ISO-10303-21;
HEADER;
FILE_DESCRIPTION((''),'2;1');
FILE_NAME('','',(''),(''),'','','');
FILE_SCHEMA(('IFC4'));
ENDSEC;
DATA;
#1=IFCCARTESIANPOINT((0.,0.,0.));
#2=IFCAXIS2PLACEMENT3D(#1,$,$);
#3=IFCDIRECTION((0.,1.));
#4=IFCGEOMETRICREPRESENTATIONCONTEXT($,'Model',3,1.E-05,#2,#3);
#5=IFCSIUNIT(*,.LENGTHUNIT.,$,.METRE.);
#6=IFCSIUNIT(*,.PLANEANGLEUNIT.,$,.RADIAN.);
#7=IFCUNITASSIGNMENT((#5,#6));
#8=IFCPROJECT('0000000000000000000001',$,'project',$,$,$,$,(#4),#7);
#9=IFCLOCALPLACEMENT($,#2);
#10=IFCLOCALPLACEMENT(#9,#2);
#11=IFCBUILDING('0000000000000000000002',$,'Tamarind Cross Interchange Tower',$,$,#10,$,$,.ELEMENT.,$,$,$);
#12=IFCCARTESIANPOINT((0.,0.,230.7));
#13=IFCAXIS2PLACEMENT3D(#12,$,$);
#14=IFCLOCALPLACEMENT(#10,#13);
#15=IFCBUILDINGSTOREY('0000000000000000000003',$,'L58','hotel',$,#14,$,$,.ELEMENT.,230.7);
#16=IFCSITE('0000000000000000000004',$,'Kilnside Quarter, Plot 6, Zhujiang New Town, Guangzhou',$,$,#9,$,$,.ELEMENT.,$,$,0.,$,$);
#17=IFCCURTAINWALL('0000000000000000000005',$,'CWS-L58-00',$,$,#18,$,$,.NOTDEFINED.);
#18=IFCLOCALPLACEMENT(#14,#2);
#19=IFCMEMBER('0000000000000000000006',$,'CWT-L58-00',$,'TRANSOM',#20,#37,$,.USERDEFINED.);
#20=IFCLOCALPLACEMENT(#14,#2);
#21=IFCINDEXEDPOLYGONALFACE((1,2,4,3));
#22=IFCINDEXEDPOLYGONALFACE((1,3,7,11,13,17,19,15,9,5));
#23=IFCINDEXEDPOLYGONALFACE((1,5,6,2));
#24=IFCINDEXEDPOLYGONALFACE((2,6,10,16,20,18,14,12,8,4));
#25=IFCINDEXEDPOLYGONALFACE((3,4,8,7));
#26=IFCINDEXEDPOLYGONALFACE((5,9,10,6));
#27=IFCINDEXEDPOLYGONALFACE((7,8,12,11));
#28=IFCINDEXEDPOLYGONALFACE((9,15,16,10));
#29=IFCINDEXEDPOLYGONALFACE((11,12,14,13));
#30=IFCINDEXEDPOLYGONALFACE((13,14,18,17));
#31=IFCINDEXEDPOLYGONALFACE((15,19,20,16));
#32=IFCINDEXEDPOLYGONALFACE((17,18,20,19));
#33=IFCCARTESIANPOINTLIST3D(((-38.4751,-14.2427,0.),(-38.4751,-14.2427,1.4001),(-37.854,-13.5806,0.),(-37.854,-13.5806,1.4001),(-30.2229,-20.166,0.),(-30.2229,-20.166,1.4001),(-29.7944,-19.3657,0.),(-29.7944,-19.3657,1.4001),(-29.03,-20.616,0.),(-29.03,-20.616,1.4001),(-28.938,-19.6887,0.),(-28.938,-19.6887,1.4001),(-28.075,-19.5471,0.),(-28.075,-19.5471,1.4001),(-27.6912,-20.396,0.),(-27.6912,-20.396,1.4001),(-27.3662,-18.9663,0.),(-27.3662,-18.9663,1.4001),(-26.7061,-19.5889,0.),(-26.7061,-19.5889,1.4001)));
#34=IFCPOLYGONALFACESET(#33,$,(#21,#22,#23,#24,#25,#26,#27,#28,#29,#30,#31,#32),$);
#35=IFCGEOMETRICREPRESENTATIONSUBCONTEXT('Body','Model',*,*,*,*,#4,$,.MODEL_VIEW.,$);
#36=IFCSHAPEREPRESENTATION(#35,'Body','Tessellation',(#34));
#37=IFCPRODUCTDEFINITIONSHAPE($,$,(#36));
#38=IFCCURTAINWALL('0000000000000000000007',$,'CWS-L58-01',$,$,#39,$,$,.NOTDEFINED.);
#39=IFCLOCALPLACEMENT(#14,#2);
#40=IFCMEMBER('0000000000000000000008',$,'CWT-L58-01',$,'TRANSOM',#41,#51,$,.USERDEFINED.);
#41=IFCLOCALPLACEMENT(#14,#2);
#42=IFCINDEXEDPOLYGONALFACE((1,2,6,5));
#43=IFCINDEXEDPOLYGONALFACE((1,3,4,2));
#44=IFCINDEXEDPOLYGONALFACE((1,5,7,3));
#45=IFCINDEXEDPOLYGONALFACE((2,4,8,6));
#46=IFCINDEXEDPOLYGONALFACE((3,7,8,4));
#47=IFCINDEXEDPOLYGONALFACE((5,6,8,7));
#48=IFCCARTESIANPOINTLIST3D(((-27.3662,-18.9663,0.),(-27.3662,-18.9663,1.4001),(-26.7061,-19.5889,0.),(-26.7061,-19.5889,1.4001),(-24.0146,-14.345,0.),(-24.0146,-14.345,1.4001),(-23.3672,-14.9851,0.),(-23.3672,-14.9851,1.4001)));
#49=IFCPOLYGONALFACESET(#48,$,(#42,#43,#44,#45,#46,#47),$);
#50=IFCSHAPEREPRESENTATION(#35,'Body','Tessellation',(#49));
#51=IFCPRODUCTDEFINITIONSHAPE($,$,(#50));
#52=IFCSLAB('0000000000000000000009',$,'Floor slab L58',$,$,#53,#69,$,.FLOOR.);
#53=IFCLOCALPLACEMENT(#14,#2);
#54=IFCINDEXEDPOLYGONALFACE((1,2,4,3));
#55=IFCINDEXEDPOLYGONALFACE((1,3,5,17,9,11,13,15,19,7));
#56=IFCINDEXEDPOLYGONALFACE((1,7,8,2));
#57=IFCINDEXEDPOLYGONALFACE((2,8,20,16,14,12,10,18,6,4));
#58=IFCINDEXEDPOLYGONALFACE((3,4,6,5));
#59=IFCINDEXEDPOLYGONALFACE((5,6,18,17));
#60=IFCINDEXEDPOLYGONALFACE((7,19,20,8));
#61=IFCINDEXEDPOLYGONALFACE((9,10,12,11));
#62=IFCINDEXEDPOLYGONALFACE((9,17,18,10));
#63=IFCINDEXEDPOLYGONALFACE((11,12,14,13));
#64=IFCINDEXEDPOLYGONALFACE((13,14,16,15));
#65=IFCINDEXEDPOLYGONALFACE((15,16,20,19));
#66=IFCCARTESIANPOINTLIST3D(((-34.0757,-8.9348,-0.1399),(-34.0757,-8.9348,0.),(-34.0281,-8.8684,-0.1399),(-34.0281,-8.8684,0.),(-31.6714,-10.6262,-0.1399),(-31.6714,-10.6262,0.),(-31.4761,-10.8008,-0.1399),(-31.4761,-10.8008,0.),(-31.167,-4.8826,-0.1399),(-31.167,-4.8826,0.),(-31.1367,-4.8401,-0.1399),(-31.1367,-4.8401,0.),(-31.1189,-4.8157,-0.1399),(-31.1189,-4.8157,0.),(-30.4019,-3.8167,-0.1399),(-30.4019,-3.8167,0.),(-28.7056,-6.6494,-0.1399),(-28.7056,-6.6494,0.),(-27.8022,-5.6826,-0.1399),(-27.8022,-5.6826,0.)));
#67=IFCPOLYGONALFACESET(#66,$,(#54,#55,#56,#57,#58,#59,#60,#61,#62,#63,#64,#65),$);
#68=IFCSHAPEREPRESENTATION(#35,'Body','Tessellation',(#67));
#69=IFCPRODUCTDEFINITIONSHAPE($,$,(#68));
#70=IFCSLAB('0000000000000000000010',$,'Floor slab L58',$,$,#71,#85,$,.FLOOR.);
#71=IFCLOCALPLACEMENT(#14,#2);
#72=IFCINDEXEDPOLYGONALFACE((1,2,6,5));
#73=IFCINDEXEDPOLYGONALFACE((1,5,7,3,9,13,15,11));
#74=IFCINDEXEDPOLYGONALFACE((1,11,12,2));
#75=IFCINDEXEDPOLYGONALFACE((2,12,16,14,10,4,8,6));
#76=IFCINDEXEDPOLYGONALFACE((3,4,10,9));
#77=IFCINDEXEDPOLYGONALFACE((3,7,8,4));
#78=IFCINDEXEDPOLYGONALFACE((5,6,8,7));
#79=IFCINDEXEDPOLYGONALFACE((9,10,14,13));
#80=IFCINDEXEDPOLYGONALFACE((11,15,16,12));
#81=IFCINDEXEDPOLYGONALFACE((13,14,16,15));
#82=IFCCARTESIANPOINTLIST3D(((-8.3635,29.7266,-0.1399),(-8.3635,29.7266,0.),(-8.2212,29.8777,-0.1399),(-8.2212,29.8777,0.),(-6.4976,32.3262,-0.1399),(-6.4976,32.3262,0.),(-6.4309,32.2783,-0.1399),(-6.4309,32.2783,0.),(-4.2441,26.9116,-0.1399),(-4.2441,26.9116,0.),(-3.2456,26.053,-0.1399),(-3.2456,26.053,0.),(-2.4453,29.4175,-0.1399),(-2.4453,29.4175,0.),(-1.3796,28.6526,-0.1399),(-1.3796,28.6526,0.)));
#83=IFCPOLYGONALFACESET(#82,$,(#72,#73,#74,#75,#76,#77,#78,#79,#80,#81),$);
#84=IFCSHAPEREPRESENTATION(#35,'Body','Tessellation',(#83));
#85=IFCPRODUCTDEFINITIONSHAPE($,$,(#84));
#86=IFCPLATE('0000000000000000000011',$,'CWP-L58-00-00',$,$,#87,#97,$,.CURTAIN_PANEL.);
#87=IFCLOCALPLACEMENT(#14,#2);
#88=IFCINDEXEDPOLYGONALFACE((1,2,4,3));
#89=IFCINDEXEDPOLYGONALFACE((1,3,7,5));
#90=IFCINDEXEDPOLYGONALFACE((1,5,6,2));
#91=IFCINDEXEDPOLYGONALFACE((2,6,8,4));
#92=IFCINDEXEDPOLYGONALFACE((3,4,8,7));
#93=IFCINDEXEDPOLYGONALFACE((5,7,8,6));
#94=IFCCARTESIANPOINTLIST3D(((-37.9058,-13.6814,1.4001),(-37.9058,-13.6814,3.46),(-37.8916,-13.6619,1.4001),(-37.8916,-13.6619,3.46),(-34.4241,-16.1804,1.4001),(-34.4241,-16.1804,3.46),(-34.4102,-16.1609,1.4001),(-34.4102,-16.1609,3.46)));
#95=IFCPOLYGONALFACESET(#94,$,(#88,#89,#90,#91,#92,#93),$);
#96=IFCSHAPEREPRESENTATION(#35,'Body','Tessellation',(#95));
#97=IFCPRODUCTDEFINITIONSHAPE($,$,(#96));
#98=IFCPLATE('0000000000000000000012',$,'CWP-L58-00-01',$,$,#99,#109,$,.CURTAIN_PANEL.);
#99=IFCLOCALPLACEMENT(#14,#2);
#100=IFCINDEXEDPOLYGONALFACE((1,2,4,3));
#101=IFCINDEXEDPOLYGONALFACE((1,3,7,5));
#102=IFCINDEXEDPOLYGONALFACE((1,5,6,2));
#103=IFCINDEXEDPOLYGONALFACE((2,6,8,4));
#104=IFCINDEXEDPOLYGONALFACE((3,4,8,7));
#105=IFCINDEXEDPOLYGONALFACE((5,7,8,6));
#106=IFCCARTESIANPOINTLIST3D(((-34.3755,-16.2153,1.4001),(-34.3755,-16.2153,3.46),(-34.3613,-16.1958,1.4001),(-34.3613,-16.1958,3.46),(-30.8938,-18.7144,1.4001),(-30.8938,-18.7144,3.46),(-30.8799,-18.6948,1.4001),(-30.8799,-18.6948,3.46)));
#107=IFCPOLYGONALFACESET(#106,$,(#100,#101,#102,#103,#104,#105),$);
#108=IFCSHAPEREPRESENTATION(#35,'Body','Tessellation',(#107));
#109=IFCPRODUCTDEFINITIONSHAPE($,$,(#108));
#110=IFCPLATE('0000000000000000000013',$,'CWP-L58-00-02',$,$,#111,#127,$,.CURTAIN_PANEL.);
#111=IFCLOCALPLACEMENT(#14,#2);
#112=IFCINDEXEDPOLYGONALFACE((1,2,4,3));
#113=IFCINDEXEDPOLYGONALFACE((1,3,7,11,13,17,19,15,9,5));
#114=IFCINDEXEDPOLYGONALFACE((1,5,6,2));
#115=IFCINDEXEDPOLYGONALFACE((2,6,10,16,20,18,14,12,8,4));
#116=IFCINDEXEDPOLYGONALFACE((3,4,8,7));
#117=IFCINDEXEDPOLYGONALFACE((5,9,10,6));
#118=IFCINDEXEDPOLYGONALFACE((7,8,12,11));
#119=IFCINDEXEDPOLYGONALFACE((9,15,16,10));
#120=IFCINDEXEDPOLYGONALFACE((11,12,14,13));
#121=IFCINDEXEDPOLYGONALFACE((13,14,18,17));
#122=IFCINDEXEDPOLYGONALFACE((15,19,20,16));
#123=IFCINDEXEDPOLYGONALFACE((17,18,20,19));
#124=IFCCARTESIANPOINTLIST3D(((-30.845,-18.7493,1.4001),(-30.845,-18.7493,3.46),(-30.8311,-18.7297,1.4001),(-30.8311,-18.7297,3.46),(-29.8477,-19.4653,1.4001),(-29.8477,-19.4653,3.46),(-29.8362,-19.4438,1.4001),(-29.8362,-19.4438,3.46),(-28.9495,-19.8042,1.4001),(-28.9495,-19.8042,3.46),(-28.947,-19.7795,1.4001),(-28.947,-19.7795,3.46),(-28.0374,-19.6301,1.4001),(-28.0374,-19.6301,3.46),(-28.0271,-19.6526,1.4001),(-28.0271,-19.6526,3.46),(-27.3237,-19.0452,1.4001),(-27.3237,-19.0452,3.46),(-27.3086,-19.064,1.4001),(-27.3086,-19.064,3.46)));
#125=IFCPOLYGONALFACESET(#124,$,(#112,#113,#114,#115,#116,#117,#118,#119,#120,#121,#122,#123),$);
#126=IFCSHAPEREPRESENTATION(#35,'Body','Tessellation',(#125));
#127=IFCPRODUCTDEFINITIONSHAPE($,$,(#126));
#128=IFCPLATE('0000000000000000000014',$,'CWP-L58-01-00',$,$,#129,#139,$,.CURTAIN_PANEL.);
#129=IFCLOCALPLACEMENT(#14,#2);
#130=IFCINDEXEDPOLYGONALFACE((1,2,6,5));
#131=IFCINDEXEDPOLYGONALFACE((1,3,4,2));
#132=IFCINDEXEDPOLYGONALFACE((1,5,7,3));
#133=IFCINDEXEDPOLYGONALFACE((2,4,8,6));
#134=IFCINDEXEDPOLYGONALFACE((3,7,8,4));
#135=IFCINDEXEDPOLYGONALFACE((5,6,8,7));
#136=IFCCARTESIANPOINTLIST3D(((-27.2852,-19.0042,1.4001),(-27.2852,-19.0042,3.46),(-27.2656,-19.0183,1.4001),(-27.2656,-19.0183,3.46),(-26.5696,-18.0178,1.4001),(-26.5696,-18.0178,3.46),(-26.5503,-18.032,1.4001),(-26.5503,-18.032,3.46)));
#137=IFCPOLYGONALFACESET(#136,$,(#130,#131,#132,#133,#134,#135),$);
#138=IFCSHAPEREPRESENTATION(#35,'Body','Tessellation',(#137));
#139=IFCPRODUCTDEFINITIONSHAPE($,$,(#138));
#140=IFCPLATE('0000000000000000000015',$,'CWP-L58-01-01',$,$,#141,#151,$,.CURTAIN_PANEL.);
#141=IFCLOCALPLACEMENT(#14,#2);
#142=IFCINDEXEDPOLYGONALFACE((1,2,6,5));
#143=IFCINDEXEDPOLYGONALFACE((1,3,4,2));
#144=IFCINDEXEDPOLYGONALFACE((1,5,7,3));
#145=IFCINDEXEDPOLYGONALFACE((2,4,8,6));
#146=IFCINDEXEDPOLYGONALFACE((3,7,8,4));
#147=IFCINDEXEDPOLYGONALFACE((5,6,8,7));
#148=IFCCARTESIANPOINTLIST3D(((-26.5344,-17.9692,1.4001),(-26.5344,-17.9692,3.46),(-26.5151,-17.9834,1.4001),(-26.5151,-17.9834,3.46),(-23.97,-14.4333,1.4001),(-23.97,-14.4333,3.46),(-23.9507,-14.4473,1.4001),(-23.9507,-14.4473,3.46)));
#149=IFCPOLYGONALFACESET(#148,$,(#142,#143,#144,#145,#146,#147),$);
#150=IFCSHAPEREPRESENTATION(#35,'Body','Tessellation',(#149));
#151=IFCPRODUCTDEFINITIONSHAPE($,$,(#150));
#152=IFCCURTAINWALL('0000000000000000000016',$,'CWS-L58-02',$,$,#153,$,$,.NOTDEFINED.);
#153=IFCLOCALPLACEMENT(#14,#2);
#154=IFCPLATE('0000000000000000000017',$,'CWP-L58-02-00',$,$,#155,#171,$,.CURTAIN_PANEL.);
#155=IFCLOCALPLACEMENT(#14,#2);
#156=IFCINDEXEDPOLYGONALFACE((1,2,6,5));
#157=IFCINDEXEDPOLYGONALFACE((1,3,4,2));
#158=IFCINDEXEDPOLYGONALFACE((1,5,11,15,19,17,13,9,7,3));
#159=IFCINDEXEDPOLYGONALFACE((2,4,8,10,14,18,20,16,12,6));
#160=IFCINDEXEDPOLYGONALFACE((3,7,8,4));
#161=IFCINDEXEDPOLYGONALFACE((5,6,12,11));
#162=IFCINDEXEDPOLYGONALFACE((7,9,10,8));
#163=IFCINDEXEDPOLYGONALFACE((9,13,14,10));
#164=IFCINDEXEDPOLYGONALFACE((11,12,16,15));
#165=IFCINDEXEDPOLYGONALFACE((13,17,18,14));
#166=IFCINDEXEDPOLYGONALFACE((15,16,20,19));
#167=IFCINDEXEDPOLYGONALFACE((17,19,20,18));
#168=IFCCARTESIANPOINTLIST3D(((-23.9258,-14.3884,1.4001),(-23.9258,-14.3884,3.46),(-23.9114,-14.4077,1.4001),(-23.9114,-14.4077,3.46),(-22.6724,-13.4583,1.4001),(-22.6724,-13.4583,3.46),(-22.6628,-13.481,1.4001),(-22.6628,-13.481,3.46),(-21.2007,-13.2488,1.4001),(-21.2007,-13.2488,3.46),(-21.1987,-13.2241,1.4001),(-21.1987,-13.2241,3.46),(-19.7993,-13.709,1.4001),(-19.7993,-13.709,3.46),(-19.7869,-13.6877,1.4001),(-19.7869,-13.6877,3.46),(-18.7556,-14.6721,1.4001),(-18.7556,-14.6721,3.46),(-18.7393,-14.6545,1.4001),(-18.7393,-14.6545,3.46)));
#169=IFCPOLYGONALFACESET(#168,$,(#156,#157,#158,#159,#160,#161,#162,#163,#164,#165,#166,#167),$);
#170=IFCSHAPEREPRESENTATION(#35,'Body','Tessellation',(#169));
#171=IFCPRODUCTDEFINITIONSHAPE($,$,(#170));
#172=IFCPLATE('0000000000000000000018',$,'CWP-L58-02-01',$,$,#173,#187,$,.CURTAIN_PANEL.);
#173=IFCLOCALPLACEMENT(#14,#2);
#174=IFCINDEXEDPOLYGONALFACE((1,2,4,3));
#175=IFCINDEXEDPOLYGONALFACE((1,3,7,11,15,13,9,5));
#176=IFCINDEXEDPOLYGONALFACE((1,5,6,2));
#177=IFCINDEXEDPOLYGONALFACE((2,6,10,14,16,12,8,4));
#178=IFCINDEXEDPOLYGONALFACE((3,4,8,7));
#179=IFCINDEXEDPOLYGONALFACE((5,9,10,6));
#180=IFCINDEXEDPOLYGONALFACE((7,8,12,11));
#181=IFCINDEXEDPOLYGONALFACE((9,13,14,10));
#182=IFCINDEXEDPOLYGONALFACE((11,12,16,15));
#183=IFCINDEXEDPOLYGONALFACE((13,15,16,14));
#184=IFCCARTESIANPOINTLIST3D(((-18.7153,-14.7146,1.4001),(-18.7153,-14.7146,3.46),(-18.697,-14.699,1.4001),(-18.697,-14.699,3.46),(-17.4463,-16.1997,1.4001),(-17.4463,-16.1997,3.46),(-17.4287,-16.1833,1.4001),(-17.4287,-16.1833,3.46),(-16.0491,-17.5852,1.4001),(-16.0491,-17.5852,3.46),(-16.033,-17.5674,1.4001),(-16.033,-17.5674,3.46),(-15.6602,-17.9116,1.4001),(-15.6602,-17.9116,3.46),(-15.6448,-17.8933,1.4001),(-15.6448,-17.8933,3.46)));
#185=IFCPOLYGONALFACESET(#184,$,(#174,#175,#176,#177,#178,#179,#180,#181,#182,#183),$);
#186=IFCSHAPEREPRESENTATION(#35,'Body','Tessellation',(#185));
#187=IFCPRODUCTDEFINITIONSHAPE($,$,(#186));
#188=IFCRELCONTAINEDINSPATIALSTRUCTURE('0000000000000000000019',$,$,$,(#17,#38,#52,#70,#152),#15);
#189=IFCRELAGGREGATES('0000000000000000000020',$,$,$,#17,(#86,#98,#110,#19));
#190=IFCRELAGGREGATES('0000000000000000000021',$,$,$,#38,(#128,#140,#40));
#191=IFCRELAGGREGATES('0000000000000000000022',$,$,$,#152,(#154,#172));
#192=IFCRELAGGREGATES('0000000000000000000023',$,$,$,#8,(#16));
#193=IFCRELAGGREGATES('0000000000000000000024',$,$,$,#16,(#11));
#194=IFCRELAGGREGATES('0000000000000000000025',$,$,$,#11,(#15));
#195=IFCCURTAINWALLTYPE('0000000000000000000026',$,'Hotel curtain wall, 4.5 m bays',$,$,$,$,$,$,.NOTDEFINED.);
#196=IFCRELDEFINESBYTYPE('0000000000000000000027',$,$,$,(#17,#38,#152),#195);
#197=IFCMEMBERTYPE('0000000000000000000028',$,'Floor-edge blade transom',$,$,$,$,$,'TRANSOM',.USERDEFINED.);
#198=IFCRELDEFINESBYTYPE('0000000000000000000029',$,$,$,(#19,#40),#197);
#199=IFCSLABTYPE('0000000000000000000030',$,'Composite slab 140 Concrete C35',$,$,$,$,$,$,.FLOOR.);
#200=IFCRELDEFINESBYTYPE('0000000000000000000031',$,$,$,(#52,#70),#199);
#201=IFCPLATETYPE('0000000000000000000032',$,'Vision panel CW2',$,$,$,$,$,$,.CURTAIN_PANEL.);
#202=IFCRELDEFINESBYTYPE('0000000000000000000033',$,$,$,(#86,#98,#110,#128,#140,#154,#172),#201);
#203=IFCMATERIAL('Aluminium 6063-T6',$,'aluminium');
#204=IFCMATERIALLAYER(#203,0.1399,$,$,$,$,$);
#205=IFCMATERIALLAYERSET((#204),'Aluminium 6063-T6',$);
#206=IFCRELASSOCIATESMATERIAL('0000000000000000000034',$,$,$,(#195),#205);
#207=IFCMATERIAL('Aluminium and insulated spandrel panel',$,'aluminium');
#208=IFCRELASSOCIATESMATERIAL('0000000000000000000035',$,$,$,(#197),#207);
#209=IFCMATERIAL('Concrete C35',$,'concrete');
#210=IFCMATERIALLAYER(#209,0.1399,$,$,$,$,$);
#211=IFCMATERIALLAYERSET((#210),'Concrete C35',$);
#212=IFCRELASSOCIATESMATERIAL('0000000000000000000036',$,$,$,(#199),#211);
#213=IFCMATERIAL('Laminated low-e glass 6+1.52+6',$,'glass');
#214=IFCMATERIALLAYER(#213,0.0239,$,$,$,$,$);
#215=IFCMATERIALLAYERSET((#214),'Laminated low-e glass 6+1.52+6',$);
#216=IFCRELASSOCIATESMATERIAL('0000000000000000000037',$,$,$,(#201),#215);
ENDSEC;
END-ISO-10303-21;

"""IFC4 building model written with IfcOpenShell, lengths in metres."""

from ifc_helpers import new_model, si_unit, direction, frame, origin, place, context, subcontext, project, spatial, polyline, outline, extrude, material, layer, layer_set, type_object, element, aggregate, save


model = new_model("IFC4")

# Units and contexts
model_context = context("Model", 3, precision=1e-05, world=origin(), true_north=direction((0.0, 1.0)))
body_context = subcontext(model_context, "Body", "Model", "MODEL_VIEW")
ifc_project = project(units=[si_unit("LENGTHUNIT", "METRE"), si_unit("PLANEANGLEUNIT", "RADIAN")], contexts=[model_context])

# Site, building, storey
site_placement = place(None, origin())
site = spatial("IfcSite", under=ifc_project, at=site_placement, Name="Kilnside Quarter, Plot 6, Zhujiang New Town, Guangzhou", CompositionType="ELEMENT", RefElevation=0.0)
building_placement = place(site_placement, origin())
building = spatial("IfcBuilding", under=site, at=building_placement, Name="Tamarind Cross Interchange Tower", CompositionType="ELEMENT")
storey_placement = place(building_placement, frame((0.0, 0.0, 230.7)))
storey = spatial("IfcBuildingStorey", under=building, at=storey_placement, Name="L58", Description="hotel", CompositionType="ELEMENT", Elevation=230.7)

# Curtain walls, members
ifc_material_1 = material(Name="Aluminium 6063-T6", Category="aluminium")
ifc_layer_1 = layer(ifc_material_1, 0.1399)
ifc_layer_set_1 = layer_set([ifc_layer_1], Name="Aluminium 6063-T6")
curtain_wall_type = type_object("IfcCurtainWallType", Name="Hotel curtain wall, 4.5 m bays", PredefinedType="NOTDEFINED", material=ifc_layer_set_1)
curtain_wall_1_placement = place(storey_placement, origin())
curtain_wall_1 = element("IfcCurtainWall", 1, at=curtain_wall_1_placement, inside=storey, type_object=curtain_wall_type, Name="CWS-L58-00", PredefinedType="NOTDEFINED")
ifc_material_2 = material(Name="Aluminium and insulated spandrel panel", Category="aluminium")
member_type = type_object("IfcMemberType", Name="Floor-edge blade transom", ElementType="TRANSOM", PredefinedType="USERDEFINED", material=ifc_material_2)
member_1_placement = place(storey_placement, origin())
member_1 = element("IfcMember", 2, at=member_1_placement, type_object=member_type, Name="CWT-L58-00", ObjectType="TRANSOM", PredefinedType="USERDEFINED", context=body_context, shape_type="SweptSolid", body=[
    extrude(outline(polyline([(-37.854, -13.5806), (-29.7944, -19.3657), (-28.938, -19.6887), (-28.075, -19.5471), (-27.3662, -18.9663), (-26.7061, -19.5889), (-27.6912, -20.396), (-29.03, -20.616), (-30.2229, -20.166), (-38.4751, -14.2427), (-37.854, -13.5806)])), origin(), (0.0, 0.0, 1.0), 1.4001),
])
curtain_wall_2_placement = place(storey_placement, origin())
curtain_wall_2 = element("IfcCurtainWall", 3, at=curtain_wall_2_placement, inside=storey, type_object=curtain_wall_type, Name="CWS-L58-01", PredefinedType="NOTDEFINED")
member_2_placement = place(storey_placement, origin())
member_2 = element("IfcMember", 4, at=member_2_placement, type_object=member_type, Name="CWT-L58-01", ObjectType="TRANSOM", PredefinedType="USERDEFINED", context=body_context, shape_type="SweptSolid", body=[
    extrude(outline(polyline([(-27.3662, -18.9663), (-24.0146, -14.345), (-23.3672, -14.9851), (-26.7061, -19.5889), (-27.3662, -18.9663)])), origin(), (0.0, 0.0, 1.0), 1.4001),
])

# Slabs
ifc_material_3 = material(Name="Concrete C35", Category="concrete")
ifc_layer_2 = layer(ifc_material_3, 0.1399)
ifc_layer_set_2 = layer_set([ifc_layer_2], Name="Concrete C35")
slab_type = type_object("IfcSlabType", Name="Composite slab 140 Concrete C35", PredefinedType="FLOOR", material=ifc_layer_set_2)
slab_1_placement = place(storey_placement, frame((0.0, 0.0, -0.1399)))
element("IfcSlab", 5, at=slab_1_placement, inside=storey, type_object=slab_type, Name="Floor slab L58", PredefinedType="FLOOR", context=body_context, shape_type="SweptSolid", body=[
    extrude(outline(polyline([(-34.0757, -8.9348), (-31.4761, -10.8008), (-27.8022, -5.6826), (-30.4019, -3.8167), (-31.1189, -4.8157), (-31.1367, -4.8401), (-31.167, -4.8826), (-28.7056, -6.6494), (-31.6714, -10.6262), (-34.0281, -8.8684), (-34.0757, -8.9348)])), origin(), (0.0, 0.0, 1.0), 0.1399),
])
slab_2_placement = place(storey_placement, frame((0.0, 0.0, -0.1399)))
element("IfcSlab", 6, at=slab_2_placement, inside=storey, type_object=slab_type, Name="Floor slab L58", PredefinedType="FLOOR", context=body_context, shape_type="SweptSolid", body=[
    extrude(outline(polyline([(-6.4976, 32.3262), (-8.3635, 29.7266), (-3.2456, 26.053), (-1.3796, 28.6526), (-2.4453, 29.4175), (-4.2441, 26.9116), (-8.2212, 29.8777), (-6.4309, 32.2783), (-6.4976, 32.3262)])), origin(), (0.0, 0.0, 1.0), 0.1399),
])

# Plates
ifc_material_4 = material(Name="Laminated low-e glass 6+1.52+6", Category="glass")
ifc_layer_3 = layer(ifc_material_4, 0.0239)
ifc_layer_set_3 = layer_set([ifc_layer_3], Name="Laminated low-e glass 6+1.52+6")
plate_type = type_object("IfcPlateType", Name="Vision panel CW2", PredefinedType="CURTAIN_PANEL", material=ifc_layer_set_3)
plate_1_placement = place(storey_placement, frame((0.0, 0.0, 1.4001)))
plate_1 = element("IfcPlate", 7, at=plate_1_placement, type_object=plate_type, Name="CWP-L58-00-00", PredefinedType="CURTAIN_PANEL", context=body_context, shape_type="SweptSolid", body=[
    extrude(outline(polyline([(-37.8916, -13.6619), (-34.4102, -16.1609), (-34.4241, -16.1804), (-37.9058, -13.6814), (-37.8916, -13.6619)])), origin(), (0.0, 0.0, 1.0), 2.0598),
])
plate_2_placement = place(storey_placement, frame((0.0, 0.0, 1.4001)))
plate_2 = element("IfcPlate", 8, at=plate_2_placement, type_object=plate_type, Name="CWP-L58-00-01", PredefinedType="CURTAIN_PANEL", context=body_context, shape_type="SweptSolid", body=[
    extrude(outline(polyline([(-34.3613, -16.1958), (-30.8799, -18.6948), (-30.8938, -18.7144), (-34.3755, -16.2153), (-34.3613, -16.1958)])), origin(), (0.0, 0.0, 1.0), 2.0598),
])
plate_3_placement = place(storey_placement, frame((0.0, 0.0, 1.4001)))
plate_3 = element("IfcPlate", 9, at=plate_3_placement, type_object=plate_type, Name="CWP-L58-00-02", PredefinedType="CURTAIN_PANEL", context=body_context, shape_type="SweptSolid", body=[
    extrude(outline(polyline([(-30.8311, -18.7297), (-29.8362, -19.4438), (-28.947, -19.7795), (-28.0374, -19.6301), (-27.3237, -19.0452), (-27.3086, -19.064), (-28.0271, -19.6526), (-28.9495, -19.8042), (-29.8477, -19.4653), (-30.845, -18.7493), (-30.8311, -18.7297)])), origin(), (0.0, 0.0, 1.0), 2.0598),
])
aggregate(curtain_wall_1, [plate_1, plate_2, plate_3, member_1])
plate_4_placement = place(storey_placement, frame((0.0, 0.0, 1.4001)))
plate_4 = element("IfcPlate", 10, at=plate_4_placement, type_object=plate_type, Name="CWP-L58-01-00", PredefinedType="CURTAIN_PANEL", context=body_context, shape_type="SweptSolid", body=[
    extrude(outline(polyline([(-27.2852, -19.0042), (-26.5696, -18.0178), (-26.5503, -18.032), (-27.2656, -19.0183), (-27.2852, -19.0042)])), origin(), (0.0, 0.0, 1.0), 2.0598),
])
plate_5_placement = place(storey_placement, frame((0.0, 0.0, 1.4001)))
plate_5 = element("IfcPlate", 11, at=plate_5_placement, type_object=plate_type, Name="CWP-L58-01-01", PredefinedType="CURTAIN_PANEL", context=body_context, shape_type="SweptSolid", body=[
    extrude(outline(polyline([(-26.5344, -17.9692), (-23.97, -14.4333), (-23.9507, -14.4473), (-26.5151, -17.9834), (-26.5344, -17.9692)])), origin(), (0.0, 0.0, 1.0), 2.0598),
])
aggregate(curtain_wall_2, [plate_4, plate_5, member_2])

# Curtain wall, plates
curtain_wall_3_placement = place(storey_placement, origin())
curtain_wall_3 = element("IfcCurtainWall", 12, at=curtain_wall_3_placement, inside=storey, type_object=curtain_wall_type, Name="CWS-L58-02", PredefinedType="NOTDEFINED")
plate_6_placement = place(storey_placement, frame((0.0, 0.0, 1.4001)))
plate_6 = element("IfcPlate", 13, at=plate_6_placement, type_object=plate_type, Name="CWP-L58-02-00", PredefinedType="CURTAIN_PANEL", context=body_context, shape_type="SweptSolid", body=[
    extrude(outline(polyline([(-23.9258, -14.3884), (-22.6724, -13.4583), (-21.1987, -13.2241), (-19.7869, -13.6877), (-18.7393, -14.6545), (-18.7556, -14.6721), (-19.7993, -13.709), (-21.2007, -13.2488), (-22.6628, -13.481), (-23.9114, -14.4077), (-23.9258, -14.3884)])), origin(), (0.0, 0.0, 1.0), 2.0598),
])
plate_7_placement = place(storey_placement, frame((0.0, 0.0, 1.4001)))
plate_7 = element("IfcPlate", 14, at=plate_7_placement, type_object=plate_type, Name="CWP-L58-02-01", PredefinedType="CURTAIN_PANEL", context=body_context, shape_type="SweptSolid", body=[
    extrude(outline(polyline([(-18.697, -14.699), (-17.4287, -16.1833), (-16.033, -17.5674), (-15.6448, -17.8933), (-15.6602, -17.9116), (-16.0491, -17.5852), (-17.4463, -16.1997), (-18.7153, -14.7146), (-18.697, -14.699)])), origin(), (0.0, 0.0, 1.0), 2.0598),
])
aggregate(curtain_wall_3, [plate_6, plate_7])

save(model, "model.ifc")
